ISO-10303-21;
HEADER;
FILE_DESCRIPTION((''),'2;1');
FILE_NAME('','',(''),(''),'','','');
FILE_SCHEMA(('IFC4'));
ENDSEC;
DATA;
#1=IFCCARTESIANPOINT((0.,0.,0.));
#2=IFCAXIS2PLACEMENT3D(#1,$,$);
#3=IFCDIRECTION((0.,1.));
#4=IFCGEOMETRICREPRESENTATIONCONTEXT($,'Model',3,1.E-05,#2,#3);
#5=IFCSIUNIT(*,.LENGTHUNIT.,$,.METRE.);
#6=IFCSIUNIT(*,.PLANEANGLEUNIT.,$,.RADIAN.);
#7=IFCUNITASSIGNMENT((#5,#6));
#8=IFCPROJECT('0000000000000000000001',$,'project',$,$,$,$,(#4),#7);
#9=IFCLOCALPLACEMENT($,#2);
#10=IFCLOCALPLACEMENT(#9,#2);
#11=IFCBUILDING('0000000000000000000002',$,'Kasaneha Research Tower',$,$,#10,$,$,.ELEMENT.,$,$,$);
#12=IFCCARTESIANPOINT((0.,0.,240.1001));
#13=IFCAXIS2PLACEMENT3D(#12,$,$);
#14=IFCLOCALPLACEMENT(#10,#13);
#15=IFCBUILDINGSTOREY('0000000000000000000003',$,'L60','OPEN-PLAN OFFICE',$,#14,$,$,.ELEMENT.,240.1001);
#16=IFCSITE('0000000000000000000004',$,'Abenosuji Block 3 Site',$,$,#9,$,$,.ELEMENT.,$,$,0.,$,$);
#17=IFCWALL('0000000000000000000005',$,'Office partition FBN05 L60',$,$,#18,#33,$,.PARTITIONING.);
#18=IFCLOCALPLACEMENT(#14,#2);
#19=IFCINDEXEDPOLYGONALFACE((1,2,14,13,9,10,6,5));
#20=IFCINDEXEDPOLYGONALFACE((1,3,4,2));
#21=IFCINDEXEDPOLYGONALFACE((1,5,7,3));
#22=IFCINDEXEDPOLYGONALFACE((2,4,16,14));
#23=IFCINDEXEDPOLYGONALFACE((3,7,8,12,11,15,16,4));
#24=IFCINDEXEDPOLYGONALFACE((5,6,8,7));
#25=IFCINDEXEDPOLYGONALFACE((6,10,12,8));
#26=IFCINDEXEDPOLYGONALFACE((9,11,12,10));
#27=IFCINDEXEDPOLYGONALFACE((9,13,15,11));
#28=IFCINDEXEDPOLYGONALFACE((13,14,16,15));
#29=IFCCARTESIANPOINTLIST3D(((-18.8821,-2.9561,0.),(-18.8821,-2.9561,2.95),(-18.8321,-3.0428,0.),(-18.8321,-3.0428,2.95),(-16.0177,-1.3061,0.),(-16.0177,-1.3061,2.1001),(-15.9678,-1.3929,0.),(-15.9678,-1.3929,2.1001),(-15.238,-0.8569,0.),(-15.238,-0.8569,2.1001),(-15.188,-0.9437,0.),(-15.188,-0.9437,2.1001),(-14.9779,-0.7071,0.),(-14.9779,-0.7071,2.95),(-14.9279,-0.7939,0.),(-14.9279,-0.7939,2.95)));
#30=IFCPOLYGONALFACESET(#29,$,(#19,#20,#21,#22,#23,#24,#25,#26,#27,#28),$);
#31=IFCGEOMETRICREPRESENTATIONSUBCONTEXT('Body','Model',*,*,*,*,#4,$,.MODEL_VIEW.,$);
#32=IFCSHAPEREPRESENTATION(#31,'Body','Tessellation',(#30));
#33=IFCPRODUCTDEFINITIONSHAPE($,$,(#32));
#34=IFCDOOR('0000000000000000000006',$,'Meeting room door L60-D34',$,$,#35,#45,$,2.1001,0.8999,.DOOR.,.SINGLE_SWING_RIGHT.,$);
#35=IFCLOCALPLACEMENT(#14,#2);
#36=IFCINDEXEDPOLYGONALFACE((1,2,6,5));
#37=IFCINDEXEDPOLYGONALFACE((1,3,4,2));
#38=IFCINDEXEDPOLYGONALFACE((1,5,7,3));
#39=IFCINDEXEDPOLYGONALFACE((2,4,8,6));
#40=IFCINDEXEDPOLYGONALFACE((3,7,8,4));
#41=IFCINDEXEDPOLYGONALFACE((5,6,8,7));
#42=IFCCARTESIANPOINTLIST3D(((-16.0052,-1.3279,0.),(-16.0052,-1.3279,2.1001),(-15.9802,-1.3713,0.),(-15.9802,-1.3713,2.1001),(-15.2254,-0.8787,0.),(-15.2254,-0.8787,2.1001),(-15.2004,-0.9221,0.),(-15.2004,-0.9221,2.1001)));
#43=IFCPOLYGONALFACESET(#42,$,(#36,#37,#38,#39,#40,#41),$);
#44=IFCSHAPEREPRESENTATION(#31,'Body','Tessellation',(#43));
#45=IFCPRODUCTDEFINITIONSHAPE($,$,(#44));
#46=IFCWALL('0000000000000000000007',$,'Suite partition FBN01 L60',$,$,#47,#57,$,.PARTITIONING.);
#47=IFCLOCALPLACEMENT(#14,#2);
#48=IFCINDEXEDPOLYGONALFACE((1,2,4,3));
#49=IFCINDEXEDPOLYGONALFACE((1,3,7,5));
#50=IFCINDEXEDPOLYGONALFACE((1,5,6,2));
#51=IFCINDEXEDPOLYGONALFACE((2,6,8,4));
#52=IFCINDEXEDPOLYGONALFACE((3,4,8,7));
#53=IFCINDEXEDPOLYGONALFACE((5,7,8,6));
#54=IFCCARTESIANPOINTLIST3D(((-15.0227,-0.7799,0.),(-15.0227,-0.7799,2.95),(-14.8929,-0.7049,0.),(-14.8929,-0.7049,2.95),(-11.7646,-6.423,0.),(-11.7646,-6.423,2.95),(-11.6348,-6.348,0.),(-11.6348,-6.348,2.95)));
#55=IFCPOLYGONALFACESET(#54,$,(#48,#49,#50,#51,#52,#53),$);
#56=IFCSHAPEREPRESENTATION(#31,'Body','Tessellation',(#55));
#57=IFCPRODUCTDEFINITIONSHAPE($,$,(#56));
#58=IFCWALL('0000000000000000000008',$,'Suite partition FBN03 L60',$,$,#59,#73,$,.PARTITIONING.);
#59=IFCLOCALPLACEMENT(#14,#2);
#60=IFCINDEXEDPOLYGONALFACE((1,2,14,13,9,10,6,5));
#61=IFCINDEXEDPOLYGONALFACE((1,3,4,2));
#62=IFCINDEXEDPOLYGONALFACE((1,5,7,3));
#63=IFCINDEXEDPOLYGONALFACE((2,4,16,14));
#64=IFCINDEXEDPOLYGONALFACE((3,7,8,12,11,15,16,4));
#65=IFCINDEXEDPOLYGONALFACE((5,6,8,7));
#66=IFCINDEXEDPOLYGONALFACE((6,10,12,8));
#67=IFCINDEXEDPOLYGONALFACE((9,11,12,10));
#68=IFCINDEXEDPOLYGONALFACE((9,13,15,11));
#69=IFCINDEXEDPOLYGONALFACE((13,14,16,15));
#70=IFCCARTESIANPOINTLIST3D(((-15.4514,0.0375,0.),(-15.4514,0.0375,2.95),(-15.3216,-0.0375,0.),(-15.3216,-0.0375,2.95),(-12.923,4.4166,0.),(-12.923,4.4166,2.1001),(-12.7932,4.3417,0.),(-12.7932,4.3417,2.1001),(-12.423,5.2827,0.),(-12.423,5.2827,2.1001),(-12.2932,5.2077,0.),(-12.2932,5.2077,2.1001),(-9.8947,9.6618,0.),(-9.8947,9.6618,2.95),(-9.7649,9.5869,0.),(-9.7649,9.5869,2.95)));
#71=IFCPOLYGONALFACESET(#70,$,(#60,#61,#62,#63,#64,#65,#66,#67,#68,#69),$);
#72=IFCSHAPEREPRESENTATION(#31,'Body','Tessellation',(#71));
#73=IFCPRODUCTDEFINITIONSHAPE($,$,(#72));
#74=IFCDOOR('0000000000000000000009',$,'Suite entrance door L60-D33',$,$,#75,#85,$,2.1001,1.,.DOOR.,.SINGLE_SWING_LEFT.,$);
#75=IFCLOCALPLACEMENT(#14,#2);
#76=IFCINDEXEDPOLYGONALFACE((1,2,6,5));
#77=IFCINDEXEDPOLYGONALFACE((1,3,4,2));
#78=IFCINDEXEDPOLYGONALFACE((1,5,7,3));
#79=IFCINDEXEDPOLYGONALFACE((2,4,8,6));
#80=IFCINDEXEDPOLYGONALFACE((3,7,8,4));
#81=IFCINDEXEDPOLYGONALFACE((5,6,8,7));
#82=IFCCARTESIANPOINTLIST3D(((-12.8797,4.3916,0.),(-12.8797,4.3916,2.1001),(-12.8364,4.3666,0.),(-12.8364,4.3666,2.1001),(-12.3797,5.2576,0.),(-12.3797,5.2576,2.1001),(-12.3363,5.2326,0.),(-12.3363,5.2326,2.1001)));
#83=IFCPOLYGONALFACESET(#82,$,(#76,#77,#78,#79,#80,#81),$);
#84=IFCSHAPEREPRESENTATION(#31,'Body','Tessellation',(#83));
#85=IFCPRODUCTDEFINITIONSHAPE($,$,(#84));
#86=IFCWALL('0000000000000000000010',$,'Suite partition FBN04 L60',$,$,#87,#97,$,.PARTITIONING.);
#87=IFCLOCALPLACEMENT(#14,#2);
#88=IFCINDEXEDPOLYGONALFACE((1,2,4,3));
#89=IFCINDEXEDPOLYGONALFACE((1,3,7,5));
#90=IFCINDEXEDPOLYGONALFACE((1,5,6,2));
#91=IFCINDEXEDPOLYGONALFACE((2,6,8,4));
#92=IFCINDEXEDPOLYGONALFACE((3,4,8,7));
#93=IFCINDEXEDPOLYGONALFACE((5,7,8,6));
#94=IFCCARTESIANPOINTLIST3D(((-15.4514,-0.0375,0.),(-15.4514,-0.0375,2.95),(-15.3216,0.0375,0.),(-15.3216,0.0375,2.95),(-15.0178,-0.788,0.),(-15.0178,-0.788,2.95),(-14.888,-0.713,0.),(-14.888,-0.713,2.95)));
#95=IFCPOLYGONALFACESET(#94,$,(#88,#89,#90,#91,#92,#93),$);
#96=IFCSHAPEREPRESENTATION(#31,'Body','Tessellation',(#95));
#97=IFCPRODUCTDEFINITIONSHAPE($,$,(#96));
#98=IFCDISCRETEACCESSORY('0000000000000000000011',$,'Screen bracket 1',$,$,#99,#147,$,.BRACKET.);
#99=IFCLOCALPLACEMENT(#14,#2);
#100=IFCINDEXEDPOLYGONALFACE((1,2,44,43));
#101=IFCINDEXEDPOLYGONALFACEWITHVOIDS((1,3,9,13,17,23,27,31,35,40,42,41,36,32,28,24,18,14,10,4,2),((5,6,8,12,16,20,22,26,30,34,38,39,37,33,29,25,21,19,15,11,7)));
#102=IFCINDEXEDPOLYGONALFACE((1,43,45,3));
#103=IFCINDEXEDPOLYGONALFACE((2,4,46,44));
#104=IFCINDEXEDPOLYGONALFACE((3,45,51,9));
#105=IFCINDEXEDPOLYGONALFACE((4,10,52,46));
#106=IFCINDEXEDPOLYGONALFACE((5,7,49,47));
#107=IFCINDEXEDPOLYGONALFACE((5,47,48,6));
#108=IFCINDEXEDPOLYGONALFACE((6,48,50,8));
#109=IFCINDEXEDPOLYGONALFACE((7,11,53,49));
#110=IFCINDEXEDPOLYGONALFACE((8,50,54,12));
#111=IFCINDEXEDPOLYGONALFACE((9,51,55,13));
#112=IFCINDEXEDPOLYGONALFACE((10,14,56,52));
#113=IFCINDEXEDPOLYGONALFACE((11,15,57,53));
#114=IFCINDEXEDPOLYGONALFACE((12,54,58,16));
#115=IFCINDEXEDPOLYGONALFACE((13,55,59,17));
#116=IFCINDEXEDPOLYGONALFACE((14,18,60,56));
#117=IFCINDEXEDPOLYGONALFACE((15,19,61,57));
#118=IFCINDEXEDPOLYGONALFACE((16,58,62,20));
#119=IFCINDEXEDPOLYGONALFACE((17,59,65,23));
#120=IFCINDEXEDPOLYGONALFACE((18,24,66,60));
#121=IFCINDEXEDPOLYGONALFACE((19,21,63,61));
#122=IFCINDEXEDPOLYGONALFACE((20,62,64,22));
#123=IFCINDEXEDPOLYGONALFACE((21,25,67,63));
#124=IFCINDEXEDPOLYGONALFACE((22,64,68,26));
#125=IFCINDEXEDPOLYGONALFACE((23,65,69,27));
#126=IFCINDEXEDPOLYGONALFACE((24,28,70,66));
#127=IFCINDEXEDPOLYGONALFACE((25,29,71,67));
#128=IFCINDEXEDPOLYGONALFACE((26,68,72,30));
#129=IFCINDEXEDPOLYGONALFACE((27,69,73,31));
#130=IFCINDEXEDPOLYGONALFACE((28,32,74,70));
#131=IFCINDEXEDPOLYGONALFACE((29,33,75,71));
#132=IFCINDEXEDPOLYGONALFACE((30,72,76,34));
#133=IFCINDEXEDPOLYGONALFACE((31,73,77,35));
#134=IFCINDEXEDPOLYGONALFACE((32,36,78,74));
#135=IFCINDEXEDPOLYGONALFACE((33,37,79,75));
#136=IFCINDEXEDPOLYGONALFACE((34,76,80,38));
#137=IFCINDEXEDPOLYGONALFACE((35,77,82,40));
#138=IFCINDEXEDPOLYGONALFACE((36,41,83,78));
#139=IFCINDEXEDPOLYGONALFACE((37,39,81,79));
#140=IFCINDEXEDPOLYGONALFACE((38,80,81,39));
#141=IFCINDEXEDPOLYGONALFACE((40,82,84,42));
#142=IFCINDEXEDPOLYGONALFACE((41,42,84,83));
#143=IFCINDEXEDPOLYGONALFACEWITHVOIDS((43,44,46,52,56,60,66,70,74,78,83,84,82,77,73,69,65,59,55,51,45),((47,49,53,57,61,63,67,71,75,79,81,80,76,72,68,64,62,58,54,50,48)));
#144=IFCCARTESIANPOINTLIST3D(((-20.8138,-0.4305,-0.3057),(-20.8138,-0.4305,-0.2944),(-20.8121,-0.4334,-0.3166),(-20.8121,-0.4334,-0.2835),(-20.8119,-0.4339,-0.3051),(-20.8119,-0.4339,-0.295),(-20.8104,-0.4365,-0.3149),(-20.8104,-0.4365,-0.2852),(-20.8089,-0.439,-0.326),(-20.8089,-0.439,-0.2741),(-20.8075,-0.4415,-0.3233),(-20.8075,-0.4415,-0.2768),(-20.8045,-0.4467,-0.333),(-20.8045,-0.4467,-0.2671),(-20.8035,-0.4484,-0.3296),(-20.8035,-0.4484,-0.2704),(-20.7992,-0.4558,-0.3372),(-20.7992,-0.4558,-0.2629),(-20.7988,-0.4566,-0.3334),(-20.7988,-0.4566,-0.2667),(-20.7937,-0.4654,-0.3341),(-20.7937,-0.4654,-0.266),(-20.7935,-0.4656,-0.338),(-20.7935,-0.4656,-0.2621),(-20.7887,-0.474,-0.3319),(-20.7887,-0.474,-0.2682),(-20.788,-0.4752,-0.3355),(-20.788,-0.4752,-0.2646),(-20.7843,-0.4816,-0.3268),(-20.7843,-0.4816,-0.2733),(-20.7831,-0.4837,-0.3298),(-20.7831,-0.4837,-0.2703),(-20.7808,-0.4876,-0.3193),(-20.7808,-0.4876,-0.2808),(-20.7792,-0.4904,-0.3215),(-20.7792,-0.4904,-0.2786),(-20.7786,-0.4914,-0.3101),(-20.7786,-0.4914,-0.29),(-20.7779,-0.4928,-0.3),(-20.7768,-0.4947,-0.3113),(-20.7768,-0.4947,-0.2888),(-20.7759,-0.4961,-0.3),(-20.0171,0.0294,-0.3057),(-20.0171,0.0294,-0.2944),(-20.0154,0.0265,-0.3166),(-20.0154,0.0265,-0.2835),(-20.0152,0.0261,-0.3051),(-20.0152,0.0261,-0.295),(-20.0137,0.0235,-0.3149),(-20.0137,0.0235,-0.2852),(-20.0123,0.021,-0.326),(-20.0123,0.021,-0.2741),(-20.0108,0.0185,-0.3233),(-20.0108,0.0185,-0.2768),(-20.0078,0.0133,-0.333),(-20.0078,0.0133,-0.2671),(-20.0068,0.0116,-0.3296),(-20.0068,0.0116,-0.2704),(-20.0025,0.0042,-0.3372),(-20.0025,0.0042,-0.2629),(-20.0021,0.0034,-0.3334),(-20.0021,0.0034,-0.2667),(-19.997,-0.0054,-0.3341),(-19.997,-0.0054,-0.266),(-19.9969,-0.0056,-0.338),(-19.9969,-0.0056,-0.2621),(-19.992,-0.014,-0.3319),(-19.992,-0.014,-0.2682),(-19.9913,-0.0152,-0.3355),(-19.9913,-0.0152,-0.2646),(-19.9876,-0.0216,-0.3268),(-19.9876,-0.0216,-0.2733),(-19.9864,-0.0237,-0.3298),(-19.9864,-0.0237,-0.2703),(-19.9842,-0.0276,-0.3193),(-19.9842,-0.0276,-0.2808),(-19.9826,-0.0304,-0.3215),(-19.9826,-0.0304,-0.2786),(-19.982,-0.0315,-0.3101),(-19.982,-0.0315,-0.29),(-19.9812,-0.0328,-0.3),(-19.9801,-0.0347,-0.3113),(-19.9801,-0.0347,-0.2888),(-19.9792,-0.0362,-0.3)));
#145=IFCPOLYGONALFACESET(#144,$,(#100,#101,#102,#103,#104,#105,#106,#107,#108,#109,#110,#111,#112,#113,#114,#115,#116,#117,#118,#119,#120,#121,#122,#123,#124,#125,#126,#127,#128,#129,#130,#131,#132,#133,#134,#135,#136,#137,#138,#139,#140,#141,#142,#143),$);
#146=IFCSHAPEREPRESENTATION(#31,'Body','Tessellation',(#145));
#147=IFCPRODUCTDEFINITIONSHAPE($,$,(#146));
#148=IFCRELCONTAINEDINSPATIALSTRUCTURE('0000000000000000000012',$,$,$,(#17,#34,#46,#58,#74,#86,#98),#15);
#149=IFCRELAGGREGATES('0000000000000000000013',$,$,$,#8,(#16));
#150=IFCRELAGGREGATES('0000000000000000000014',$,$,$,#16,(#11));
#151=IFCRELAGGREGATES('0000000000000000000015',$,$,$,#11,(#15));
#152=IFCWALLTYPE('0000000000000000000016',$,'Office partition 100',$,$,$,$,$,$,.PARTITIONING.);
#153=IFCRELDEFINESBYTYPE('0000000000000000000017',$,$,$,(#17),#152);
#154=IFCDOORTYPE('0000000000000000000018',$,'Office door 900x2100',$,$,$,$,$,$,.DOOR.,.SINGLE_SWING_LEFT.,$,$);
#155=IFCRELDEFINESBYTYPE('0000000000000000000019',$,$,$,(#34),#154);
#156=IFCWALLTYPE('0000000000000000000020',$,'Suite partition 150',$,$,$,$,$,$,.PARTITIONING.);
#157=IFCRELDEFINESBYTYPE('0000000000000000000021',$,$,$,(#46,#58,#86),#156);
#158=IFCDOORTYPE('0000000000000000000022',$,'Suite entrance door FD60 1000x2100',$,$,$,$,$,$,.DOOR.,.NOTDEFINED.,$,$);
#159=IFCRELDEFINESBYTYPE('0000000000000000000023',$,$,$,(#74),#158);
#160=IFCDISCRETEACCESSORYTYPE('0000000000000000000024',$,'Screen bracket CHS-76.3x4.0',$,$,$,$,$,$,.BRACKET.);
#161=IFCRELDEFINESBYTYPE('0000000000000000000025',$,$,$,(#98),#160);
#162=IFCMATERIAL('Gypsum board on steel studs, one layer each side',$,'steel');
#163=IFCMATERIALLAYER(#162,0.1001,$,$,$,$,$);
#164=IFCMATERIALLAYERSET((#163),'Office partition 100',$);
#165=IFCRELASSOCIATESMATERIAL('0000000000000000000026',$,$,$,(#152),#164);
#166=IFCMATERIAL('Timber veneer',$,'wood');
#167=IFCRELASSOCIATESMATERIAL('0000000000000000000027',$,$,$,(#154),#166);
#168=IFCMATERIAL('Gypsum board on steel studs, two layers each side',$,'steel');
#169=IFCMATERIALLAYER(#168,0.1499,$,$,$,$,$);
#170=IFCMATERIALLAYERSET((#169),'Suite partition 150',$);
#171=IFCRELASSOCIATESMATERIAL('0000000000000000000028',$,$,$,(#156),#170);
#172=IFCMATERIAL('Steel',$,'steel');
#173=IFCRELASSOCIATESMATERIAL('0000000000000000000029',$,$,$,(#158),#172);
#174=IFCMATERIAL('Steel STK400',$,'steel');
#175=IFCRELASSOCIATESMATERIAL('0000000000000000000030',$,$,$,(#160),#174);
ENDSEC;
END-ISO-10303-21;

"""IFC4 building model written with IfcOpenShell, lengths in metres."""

from ifc_helpers import new_model, si_unit, direction, frame, frame_2d, origin, origin_2d, place, context, subcontext, project, spatial, rectangle, hollow_circle, extrude, material, layer, layer_set, material_profile, profile_set, type_object, element, fill, save


model = new_model("IFC4")

# Units and contexts
model_context = context("Model", 3, precision=1e-05, world=origin(), true_north=direction((0.0, 1.0)))
body_context = subcontext(model_context, "Body", "Model", "MODEL_VIEW")
ifc_project = project(units=[si_unit("LENGTHUNIT", "METRE"), si_unit("PLANEANGLEUNIT", "RADIAN")], contexts=[model_context])

# Site, building, storey
site_placement = place(None, origin())
site = spatial("IfcSite", under=ifc_project, at=site_placement, Name="Abenosuji Block 3 Site", CompositionType="ELEMENT", RefElevation=0.0)
building_placement = place(site_placement, origin())
building = spatial("IfcBuilding", under=site, at=building_placement, Name="Kasaneha Research Tower", CompositionType="ELEMENT")
storey_placement = place(building_placement, frame((0.0, 0.0, 240.1001)))
storey = spatial("IfcBuildingStorey", under=building, at=storey_placement, Name="L60", Description="OPEN-PLAN OFFICE", CompositionType="ELEMENT", Elevation=240.1001)

# Wall, opening, door
ifc_material_1 = material(Name="Gypsum board on steel studs, one layer each side", Category="steel")
ifc_layer_1 = layer(ifc_material_1, 0.1001)
ifc_layer_set_1 = layer_set([ifc_layer_1], Name="Office partition 100")
wall_type_1 = type_object("IfcWallType", Name="Office partition 100", PredefinedType="PARTITIONING", material=ifc_layer_set_1)
wall_1_placement = place(storey_placement, frame((-18.8572, -2.9995, 0.0), z_axis=(0.0, 0.0, 1.0), x_axis=(0.866517, 0.499147, 0.0)))
wall_1 = element("IfcWall", 1, at=wall_1_placement, inside=storey, type_object=wall_type_1, Name="Office partition FBN05 L60", PredefinedType="PARTITIONING", context=body_context, shape_type="SweptSolid", body=[
    extrude(rectangle(XDim=4.5056, YDim=0.1001, at=frame_2d((2.2529, 0.0))), origin(), (0.0, 0.0, 1.0), 2.95),
])
opening_1_placement = place(wall_1_placement, frame((3.3057, 0.0, 0.0)))
opening_1 = element("IfcOpeningElement", 2, at=opening_1_placement, cuts=wall_1, PredefinedType="OPENING", context=body_context, shape_type="SweptSolid", body=[
    extrude(rectangle(XDim=0.8999, YDim=2.1001, at=frame_2d((0.45, 1.05))), frame((0.0, 0.0601, 0.0), z_axis=(0.0, -1.0, 0.0), x_axis=(1.0, 0.0, 0.0)), (0.0, 0.0, 1.0), 0.1201),
])
ifc_material_2 = material(Name="Timber veneer", Category="wood")
door_type_1 = type_object("IfcDoorType", Name="Office door 900x2100", OperationType="SINGLE_SWING_LEFT", PredefinedType="DOOR", material=ifc_material_2)
door_1_placement = place(opening_1_placement, origin())
door_1 = element("IfcDoor", 3, at=door_1_placement, inside=storey, type_object=door_type_1, Name="Meeting room door L60-D34", OperationType="SINGLE_SWING_RIGHT", OverallHeight=2.1001, OverallWidth=0.8999, PredefinedType="DOOR", context=body_context, shape_type="SweptSolid", body=[
    extrude(rectangle(XDim=0.8999, YDim=2.1001, at=frame_2d((0.45, 1.05))), frame((0.0, 0.0249, 0.0), z_axis=(0.0, -1.0, 0.0), x_axis=(1.0, 0.0, 0.0)), (0.0, 0.0, 1.0), 0.05),
])
fill(opening_1, door_1)

# Wall
ifc_material_3 = material(Name="Gypsum board on steel studs, two layers each side", Category="steel")
ifc_layer_2 = layer(ifc_material_3, 0.1499)
ifc_layer_set_2 = layer_set([ifc_layer_2], Name="Suite partition 150")
wall_type_2 = type_object("IfcWallType", Name="Suite partition 150", PredefinedType="PARTITIONING", material=ifc_layer_set_2)
wall_2_placement = place(storey_placement, frame((-11.6997, -6.3855, 0.0), z_axis=(0.0, 0.0, 1.0), x_axis=(-0.500004, 0.866023, 0.0)))
element("IfcWall", 4, at=wall_2_placement, inside=storey, type_object=wall_type_2, Name="Suite partition FBN01 L60", PredefinedType="PARTITIONING", context=body_context, shape_type="SweptSolid", body=[
    extrude(rectangle(XDim=6.5161, YDim=0.1499, at=frame_2d((3.2581, 0.0))), origin(), (0.0, 0.0, 1.0), 2.95),
])

# Wall, opening, door
wall_3_placement = place(storey_placement, frame((-15.3865, 0.0, 0.0), z_axis=(0.0, 0.0, 1.0), x_axis=(0.500005, 0.866023, 0.0)))
wall_3 = element("IfcWall", 5, at=wall_3_placement, inside=storey, type_object=wall_type_2, Name="Suite partition FBN03 L60", PredefinedType="PARTITIONING", context=body_context, shape_type="SweptSolid", body=[
    extrude(rectangle(XDim=11.1133, YDim=0.1499, at=frame_2d((5.5566, 0.0))), origin(), (0.0, 0.0, 1.0), 2.95),
])
opening_2_placement = place(wall_3_placement, frame((5.0566, 0.0, 0.0)))
opening_2 = element("IfcOpeningElement", 6, at=opening_2_placement, cuts=wall_3, PredefinedType="OPENING", context=body_context, shape_type="SweptSolid", body=[
    extrude(rectangle(XDim=1.0, YDim=2.1001, at=frame_2d((0.5, 1.05))), frame((0.0, 0.085, 0.0), z_axis=(0.0, -1.0, 0.0), x_axis=(1.0, 0.0, 0.0)), (0.0, 0.0, 1.0), 0.1699),
])
ifc_material_4 = material(Name="Steel", Category="steel")
door_type_2 = type_object("IfcDoorType", Name="Suite entrance door FD60 1000x2100", OperationType="NOTDEFINED", PredefinedType="DOOR", material=ifc_material_4)
door_2_placement = place(opening_2_placement, origin())
door_2 = element("IfcDoor", 7, at=door_2_placement, inside=storey, type_object=door_type_2, Name="Suite entrance door L60-D33", OperationType="SINGLE_SWING_LEFT", OverallHeight=2.1001, OverallWidth=1.0, PredefinedType="DOOR", context=body_context, shape_type="SweptSolid", body=[
    extrude(rectangle(XDim=1.0, YDim=2.1001, at=frame_2d((0.5, 1.05))), frame((0.0, 0.0249, 0.0), z_axis=(0.0, -1.0, 0.0), x_axis=(1.0, 0.0, 0.0)), (0.0, 0.0, 1.0), 0.05),
])
fill(opening_2, door_2)

# Wall
wall_4_placement = place(storey_placement, frame((-14.9529, -0.7505, 0.0), z_axis=(0.0, 0.0, 1.0), x_axis=(-0.500259, 0.865876, 0.0)))
element("IfcWall", 8, at=wall_4_placement, inside=storey, type_object=wall_type_2, Name="Suite partition FBN04 L60", PredefinedType="PARTITIONING", context=body_context, shape_type="SweptSolid", body=[
    extrude(rectangle(XDim=0.8667, YDim=0.1499, at=frame_2d((0.4333, 0.0))), origin(), (0.0, 0.0, 1.0), 2.95),
])

# Discrete accessory
ifc_material_5 = material(Name="Steel STK400", Category="steel")
ifc_material_profile_1 = material_profile(ifc_material_5, hollow_circle(Radius=0.0381, WallThickness=0.0039, at=origin_2d()), Name="CHS-76.3x4.0")
ifc_profile_set_1 = profile_set([ifc_material_profile_1], Name="Steel STK400")
discrete_accessory_type = type_object("IfcDiscreteAccessoryType", Name="Screen bracket CHS-76.3x4.0", PredefinedType="BRACKET", material=ifc_profile_set_1)
discrete_accessory_placement = place(storey_placement, frame((-19.9983, -0.0032, -0.3), z_axis=(-0.866013, -0.500021, 0.0), x_axis=(0.500021, -0.866013, 0.0)))
element("IfcDiscreteAccessory", 9, at=discrete_accessory_placement, inside=storey, type_object=discrete_accessory_type, Name="Screen bracket 1", PredefinedType="BRACKET", context=body_context, shape_type="SweptSolid", body=[
    extrude(hollow_circle(Radius=0.0381, WallThickness=0.0039, at=origin_2d()), origin(), (0.0, 0.0, 1.0), 0.9199),
])

save(model, "model.ifc")
